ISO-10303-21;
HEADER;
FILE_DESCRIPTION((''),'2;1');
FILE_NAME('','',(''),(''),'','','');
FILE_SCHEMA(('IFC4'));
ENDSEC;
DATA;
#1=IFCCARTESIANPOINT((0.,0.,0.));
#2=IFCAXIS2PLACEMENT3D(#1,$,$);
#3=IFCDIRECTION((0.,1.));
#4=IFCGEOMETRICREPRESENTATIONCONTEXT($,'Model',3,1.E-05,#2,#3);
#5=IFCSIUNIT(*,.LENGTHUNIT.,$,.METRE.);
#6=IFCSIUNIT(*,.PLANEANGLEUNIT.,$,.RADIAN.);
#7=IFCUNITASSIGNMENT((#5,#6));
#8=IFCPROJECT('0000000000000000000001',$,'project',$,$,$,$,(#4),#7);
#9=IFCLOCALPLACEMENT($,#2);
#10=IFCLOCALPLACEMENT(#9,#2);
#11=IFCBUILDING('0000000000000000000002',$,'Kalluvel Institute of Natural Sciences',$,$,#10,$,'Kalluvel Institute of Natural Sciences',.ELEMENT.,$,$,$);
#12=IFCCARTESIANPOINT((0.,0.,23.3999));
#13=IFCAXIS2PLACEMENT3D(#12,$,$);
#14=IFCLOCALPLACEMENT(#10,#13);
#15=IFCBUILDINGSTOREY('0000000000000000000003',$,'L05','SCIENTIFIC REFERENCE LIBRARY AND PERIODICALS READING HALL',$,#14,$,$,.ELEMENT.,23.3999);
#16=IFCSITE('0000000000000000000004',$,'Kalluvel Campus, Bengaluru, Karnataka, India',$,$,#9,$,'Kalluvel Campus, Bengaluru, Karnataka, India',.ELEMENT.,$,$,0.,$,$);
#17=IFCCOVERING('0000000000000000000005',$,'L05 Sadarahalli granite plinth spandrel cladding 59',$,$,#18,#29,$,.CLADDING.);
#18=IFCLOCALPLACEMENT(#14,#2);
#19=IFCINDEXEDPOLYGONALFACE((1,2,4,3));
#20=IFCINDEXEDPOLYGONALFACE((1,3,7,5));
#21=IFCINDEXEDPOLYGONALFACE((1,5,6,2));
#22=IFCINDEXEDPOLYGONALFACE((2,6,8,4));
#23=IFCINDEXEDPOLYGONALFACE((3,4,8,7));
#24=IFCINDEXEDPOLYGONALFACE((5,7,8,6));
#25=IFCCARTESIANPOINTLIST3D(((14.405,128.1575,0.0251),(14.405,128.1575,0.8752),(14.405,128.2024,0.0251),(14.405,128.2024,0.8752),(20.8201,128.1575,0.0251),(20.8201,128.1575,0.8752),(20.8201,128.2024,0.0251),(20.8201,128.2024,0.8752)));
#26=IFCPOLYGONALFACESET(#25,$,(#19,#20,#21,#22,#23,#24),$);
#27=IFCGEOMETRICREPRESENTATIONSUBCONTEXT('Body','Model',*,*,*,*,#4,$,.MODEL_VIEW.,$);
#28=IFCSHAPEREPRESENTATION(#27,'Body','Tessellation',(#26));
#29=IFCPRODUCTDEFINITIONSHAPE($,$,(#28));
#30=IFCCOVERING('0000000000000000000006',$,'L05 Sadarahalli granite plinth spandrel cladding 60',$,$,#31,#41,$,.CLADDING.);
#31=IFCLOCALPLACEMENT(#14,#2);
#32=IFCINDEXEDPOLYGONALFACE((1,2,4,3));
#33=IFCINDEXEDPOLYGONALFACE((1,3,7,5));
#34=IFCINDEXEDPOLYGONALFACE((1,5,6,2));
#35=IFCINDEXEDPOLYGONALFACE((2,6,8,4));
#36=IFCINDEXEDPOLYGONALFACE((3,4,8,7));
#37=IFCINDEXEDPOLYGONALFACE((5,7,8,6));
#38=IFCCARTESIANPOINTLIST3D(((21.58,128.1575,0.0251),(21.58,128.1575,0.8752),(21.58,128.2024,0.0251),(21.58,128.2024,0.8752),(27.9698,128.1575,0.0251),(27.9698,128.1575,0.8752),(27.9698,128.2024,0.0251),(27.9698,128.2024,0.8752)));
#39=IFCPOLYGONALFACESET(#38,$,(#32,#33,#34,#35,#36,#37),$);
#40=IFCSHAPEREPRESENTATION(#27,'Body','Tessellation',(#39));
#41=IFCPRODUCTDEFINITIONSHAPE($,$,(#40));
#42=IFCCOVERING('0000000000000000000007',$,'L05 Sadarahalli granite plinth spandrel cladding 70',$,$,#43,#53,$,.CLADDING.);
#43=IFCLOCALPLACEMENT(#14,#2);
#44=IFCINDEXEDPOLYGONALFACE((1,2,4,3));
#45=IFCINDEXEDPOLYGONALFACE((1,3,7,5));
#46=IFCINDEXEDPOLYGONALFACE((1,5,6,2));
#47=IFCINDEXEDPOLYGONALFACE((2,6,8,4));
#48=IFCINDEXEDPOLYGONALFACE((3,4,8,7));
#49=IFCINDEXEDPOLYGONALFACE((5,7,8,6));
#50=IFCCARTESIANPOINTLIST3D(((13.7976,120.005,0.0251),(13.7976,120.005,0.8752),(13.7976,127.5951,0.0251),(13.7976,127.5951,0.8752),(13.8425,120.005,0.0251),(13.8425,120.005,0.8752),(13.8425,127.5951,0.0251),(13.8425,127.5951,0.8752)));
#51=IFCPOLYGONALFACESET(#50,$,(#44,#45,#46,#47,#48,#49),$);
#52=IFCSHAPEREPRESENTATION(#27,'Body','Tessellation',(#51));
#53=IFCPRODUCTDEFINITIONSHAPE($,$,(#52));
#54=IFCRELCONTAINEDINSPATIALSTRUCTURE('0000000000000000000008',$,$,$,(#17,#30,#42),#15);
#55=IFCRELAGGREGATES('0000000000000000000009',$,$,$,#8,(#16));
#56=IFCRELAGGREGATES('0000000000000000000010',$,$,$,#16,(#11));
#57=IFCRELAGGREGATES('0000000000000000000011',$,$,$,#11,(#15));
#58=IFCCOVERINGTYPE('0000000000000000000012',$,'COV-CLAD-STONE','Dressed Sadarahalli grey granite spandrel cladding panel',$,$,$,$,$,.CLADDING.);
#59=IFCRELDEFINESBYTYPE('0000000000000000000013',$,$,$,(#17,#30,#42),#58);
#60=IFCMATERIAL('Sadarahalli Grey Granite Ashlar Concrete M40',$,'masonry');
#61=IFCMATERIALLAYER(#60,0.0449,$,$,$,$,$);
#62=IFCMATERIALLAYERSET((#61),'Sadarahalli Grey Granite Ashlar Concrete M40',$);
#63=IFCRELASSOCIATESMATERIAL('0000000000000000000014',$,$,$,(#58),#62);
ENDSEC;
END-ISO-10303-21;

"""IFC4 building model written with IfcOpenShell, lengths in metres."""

from ifc_helpers import new_model, si_unit, direction, frame, origin, origin_2d, place, context, subcontext, project, spatial, rectangle, extrude, material, layer, layer_set, type_object, element, save


model = new_model("IFC4")

# Units and contexts
model_context = context("Model", 3, precision=1e-05, world=origin(), true_north=direction((0.0, 1.0)))
body_context = subcontext(model_context, "Body", "Model", "MODEL_VIEW")
ifc_project = project(units=[si_unit("LENGTHUNIT", "METRE"), si_unit("PLANEANGLEUNIT", "RADIAN")], contexts=[model_context])

# Site, building, storey
site_placement = place(None, origin())
site = spatial("IfcSite", under=ifc_project, at=site_placement, Name="Kalluvel Campus, Bengaluru, Karnataka, India", LongName="Kalluvel Campus, Bengaluru, Karnataka, India", CompositionType="ELEMENT", RefElevation=0.0)
building_placement = place(site_placement, origin())
building = spatial("IfcBuilding", under=site, at=building_placement, Name="Kalluvel Institute of Natural Sciences", LongName="Kalluvel Institute of Natural Sciences", CompositionType="ELEMENT")
storey_placement = place(building_placement, frame((0.0, 0.0, 23.3999)))
storey = spatial("IfcBuildingStorey", under=building, at=storey_placement, Name="L05", Description="SCIENTIFIC REFERENCE LIBRARY AND PERIODICALS READING HALL", CompositionType="ELEMENT", Elevation=23.3999)

# Shared definitions
ifc_material_1 = material(Name="Sadarahalli Grey Granite Ashlar Concrete M40", Category="masonry")

# Coverings
ifc_layer_1 = layer(ifc_material_1, 0.0449)
ifc_layer_set_1 = layer_set([ifc_layer_1], Name="Sadarahalli Grey Granite Ashlar Concrete M40")
covering_type = type_object("IfcCoveringType", Name="COV-CLAD-STONE", Description="Dressed Sadarahalli grey granite spandrel cladding panel", PredefinedType="CLADDING", material=ifc_layer_set_1)
covering_1_placement = place(storey_placement, frame((17.6125, 128.1799, 0.0251), z_axis=(0.0, 0.0, 1.0), x_axis=(1.0, 0.0, 0.0)))
element("IfcCovering", 1, at=covering_1_placement, inside=storey, type_object=covering_type, Name="L05 Sadarahalli granite plinth spandrel cladding 59", PredefinedType="CLADDING", context=body_context, shape_type="SweptSolid", body=[
    extrude(rectangle(XDim=6.415, YDim=0.0449, at=origin_2d()), origin(), (0.0, 0.0, 1.0), 0.8501),
])
covering_2_placement = place(storey_placement, frame((24.7749, 128.1799, 0.0251), z_axis=(0.0, 0.0, 1.0), x_axis=(1.0, 0.0, 0.0)))
element("IfcCovering", 2, at=covering_2_placement, inside=storey, type_object=covering_type, Name="L05 Sadarahalli granite plinth spandrel cladding 60", PredefinedType="CLADDING", context=body_context, shape_type="SweptSolid", body=[
    extrude(rectangle(XDim=6.3899, YDim=0.0449, at=origin_2d()), origin(), (0.0, 0.0, 1.0), 0.8501),
])
covering_3_placement = place(storey_placement, frame((13.8201, 123.8, 0.0251), z_axis=(0.0, 0.0, 1.0), x_axis=(0.0, 1.0, 0.0)))
element("IfcCovering", 3, at=covering_3_placement, inside=storey, type_object=covering_type, Name="L05 Sadarahalli granite plinth spandrel cladding 70", PredefinedType="CLADDING", context=body_context, shape_type="SweptSolid", body=[
    extrude(rectangle(XDim=7.5901, YDim=0.0449, at=origin_2d()), origin(), (0.0, 0.0, 1.0), 0.8501),
])

save(model, "model.ifc")
